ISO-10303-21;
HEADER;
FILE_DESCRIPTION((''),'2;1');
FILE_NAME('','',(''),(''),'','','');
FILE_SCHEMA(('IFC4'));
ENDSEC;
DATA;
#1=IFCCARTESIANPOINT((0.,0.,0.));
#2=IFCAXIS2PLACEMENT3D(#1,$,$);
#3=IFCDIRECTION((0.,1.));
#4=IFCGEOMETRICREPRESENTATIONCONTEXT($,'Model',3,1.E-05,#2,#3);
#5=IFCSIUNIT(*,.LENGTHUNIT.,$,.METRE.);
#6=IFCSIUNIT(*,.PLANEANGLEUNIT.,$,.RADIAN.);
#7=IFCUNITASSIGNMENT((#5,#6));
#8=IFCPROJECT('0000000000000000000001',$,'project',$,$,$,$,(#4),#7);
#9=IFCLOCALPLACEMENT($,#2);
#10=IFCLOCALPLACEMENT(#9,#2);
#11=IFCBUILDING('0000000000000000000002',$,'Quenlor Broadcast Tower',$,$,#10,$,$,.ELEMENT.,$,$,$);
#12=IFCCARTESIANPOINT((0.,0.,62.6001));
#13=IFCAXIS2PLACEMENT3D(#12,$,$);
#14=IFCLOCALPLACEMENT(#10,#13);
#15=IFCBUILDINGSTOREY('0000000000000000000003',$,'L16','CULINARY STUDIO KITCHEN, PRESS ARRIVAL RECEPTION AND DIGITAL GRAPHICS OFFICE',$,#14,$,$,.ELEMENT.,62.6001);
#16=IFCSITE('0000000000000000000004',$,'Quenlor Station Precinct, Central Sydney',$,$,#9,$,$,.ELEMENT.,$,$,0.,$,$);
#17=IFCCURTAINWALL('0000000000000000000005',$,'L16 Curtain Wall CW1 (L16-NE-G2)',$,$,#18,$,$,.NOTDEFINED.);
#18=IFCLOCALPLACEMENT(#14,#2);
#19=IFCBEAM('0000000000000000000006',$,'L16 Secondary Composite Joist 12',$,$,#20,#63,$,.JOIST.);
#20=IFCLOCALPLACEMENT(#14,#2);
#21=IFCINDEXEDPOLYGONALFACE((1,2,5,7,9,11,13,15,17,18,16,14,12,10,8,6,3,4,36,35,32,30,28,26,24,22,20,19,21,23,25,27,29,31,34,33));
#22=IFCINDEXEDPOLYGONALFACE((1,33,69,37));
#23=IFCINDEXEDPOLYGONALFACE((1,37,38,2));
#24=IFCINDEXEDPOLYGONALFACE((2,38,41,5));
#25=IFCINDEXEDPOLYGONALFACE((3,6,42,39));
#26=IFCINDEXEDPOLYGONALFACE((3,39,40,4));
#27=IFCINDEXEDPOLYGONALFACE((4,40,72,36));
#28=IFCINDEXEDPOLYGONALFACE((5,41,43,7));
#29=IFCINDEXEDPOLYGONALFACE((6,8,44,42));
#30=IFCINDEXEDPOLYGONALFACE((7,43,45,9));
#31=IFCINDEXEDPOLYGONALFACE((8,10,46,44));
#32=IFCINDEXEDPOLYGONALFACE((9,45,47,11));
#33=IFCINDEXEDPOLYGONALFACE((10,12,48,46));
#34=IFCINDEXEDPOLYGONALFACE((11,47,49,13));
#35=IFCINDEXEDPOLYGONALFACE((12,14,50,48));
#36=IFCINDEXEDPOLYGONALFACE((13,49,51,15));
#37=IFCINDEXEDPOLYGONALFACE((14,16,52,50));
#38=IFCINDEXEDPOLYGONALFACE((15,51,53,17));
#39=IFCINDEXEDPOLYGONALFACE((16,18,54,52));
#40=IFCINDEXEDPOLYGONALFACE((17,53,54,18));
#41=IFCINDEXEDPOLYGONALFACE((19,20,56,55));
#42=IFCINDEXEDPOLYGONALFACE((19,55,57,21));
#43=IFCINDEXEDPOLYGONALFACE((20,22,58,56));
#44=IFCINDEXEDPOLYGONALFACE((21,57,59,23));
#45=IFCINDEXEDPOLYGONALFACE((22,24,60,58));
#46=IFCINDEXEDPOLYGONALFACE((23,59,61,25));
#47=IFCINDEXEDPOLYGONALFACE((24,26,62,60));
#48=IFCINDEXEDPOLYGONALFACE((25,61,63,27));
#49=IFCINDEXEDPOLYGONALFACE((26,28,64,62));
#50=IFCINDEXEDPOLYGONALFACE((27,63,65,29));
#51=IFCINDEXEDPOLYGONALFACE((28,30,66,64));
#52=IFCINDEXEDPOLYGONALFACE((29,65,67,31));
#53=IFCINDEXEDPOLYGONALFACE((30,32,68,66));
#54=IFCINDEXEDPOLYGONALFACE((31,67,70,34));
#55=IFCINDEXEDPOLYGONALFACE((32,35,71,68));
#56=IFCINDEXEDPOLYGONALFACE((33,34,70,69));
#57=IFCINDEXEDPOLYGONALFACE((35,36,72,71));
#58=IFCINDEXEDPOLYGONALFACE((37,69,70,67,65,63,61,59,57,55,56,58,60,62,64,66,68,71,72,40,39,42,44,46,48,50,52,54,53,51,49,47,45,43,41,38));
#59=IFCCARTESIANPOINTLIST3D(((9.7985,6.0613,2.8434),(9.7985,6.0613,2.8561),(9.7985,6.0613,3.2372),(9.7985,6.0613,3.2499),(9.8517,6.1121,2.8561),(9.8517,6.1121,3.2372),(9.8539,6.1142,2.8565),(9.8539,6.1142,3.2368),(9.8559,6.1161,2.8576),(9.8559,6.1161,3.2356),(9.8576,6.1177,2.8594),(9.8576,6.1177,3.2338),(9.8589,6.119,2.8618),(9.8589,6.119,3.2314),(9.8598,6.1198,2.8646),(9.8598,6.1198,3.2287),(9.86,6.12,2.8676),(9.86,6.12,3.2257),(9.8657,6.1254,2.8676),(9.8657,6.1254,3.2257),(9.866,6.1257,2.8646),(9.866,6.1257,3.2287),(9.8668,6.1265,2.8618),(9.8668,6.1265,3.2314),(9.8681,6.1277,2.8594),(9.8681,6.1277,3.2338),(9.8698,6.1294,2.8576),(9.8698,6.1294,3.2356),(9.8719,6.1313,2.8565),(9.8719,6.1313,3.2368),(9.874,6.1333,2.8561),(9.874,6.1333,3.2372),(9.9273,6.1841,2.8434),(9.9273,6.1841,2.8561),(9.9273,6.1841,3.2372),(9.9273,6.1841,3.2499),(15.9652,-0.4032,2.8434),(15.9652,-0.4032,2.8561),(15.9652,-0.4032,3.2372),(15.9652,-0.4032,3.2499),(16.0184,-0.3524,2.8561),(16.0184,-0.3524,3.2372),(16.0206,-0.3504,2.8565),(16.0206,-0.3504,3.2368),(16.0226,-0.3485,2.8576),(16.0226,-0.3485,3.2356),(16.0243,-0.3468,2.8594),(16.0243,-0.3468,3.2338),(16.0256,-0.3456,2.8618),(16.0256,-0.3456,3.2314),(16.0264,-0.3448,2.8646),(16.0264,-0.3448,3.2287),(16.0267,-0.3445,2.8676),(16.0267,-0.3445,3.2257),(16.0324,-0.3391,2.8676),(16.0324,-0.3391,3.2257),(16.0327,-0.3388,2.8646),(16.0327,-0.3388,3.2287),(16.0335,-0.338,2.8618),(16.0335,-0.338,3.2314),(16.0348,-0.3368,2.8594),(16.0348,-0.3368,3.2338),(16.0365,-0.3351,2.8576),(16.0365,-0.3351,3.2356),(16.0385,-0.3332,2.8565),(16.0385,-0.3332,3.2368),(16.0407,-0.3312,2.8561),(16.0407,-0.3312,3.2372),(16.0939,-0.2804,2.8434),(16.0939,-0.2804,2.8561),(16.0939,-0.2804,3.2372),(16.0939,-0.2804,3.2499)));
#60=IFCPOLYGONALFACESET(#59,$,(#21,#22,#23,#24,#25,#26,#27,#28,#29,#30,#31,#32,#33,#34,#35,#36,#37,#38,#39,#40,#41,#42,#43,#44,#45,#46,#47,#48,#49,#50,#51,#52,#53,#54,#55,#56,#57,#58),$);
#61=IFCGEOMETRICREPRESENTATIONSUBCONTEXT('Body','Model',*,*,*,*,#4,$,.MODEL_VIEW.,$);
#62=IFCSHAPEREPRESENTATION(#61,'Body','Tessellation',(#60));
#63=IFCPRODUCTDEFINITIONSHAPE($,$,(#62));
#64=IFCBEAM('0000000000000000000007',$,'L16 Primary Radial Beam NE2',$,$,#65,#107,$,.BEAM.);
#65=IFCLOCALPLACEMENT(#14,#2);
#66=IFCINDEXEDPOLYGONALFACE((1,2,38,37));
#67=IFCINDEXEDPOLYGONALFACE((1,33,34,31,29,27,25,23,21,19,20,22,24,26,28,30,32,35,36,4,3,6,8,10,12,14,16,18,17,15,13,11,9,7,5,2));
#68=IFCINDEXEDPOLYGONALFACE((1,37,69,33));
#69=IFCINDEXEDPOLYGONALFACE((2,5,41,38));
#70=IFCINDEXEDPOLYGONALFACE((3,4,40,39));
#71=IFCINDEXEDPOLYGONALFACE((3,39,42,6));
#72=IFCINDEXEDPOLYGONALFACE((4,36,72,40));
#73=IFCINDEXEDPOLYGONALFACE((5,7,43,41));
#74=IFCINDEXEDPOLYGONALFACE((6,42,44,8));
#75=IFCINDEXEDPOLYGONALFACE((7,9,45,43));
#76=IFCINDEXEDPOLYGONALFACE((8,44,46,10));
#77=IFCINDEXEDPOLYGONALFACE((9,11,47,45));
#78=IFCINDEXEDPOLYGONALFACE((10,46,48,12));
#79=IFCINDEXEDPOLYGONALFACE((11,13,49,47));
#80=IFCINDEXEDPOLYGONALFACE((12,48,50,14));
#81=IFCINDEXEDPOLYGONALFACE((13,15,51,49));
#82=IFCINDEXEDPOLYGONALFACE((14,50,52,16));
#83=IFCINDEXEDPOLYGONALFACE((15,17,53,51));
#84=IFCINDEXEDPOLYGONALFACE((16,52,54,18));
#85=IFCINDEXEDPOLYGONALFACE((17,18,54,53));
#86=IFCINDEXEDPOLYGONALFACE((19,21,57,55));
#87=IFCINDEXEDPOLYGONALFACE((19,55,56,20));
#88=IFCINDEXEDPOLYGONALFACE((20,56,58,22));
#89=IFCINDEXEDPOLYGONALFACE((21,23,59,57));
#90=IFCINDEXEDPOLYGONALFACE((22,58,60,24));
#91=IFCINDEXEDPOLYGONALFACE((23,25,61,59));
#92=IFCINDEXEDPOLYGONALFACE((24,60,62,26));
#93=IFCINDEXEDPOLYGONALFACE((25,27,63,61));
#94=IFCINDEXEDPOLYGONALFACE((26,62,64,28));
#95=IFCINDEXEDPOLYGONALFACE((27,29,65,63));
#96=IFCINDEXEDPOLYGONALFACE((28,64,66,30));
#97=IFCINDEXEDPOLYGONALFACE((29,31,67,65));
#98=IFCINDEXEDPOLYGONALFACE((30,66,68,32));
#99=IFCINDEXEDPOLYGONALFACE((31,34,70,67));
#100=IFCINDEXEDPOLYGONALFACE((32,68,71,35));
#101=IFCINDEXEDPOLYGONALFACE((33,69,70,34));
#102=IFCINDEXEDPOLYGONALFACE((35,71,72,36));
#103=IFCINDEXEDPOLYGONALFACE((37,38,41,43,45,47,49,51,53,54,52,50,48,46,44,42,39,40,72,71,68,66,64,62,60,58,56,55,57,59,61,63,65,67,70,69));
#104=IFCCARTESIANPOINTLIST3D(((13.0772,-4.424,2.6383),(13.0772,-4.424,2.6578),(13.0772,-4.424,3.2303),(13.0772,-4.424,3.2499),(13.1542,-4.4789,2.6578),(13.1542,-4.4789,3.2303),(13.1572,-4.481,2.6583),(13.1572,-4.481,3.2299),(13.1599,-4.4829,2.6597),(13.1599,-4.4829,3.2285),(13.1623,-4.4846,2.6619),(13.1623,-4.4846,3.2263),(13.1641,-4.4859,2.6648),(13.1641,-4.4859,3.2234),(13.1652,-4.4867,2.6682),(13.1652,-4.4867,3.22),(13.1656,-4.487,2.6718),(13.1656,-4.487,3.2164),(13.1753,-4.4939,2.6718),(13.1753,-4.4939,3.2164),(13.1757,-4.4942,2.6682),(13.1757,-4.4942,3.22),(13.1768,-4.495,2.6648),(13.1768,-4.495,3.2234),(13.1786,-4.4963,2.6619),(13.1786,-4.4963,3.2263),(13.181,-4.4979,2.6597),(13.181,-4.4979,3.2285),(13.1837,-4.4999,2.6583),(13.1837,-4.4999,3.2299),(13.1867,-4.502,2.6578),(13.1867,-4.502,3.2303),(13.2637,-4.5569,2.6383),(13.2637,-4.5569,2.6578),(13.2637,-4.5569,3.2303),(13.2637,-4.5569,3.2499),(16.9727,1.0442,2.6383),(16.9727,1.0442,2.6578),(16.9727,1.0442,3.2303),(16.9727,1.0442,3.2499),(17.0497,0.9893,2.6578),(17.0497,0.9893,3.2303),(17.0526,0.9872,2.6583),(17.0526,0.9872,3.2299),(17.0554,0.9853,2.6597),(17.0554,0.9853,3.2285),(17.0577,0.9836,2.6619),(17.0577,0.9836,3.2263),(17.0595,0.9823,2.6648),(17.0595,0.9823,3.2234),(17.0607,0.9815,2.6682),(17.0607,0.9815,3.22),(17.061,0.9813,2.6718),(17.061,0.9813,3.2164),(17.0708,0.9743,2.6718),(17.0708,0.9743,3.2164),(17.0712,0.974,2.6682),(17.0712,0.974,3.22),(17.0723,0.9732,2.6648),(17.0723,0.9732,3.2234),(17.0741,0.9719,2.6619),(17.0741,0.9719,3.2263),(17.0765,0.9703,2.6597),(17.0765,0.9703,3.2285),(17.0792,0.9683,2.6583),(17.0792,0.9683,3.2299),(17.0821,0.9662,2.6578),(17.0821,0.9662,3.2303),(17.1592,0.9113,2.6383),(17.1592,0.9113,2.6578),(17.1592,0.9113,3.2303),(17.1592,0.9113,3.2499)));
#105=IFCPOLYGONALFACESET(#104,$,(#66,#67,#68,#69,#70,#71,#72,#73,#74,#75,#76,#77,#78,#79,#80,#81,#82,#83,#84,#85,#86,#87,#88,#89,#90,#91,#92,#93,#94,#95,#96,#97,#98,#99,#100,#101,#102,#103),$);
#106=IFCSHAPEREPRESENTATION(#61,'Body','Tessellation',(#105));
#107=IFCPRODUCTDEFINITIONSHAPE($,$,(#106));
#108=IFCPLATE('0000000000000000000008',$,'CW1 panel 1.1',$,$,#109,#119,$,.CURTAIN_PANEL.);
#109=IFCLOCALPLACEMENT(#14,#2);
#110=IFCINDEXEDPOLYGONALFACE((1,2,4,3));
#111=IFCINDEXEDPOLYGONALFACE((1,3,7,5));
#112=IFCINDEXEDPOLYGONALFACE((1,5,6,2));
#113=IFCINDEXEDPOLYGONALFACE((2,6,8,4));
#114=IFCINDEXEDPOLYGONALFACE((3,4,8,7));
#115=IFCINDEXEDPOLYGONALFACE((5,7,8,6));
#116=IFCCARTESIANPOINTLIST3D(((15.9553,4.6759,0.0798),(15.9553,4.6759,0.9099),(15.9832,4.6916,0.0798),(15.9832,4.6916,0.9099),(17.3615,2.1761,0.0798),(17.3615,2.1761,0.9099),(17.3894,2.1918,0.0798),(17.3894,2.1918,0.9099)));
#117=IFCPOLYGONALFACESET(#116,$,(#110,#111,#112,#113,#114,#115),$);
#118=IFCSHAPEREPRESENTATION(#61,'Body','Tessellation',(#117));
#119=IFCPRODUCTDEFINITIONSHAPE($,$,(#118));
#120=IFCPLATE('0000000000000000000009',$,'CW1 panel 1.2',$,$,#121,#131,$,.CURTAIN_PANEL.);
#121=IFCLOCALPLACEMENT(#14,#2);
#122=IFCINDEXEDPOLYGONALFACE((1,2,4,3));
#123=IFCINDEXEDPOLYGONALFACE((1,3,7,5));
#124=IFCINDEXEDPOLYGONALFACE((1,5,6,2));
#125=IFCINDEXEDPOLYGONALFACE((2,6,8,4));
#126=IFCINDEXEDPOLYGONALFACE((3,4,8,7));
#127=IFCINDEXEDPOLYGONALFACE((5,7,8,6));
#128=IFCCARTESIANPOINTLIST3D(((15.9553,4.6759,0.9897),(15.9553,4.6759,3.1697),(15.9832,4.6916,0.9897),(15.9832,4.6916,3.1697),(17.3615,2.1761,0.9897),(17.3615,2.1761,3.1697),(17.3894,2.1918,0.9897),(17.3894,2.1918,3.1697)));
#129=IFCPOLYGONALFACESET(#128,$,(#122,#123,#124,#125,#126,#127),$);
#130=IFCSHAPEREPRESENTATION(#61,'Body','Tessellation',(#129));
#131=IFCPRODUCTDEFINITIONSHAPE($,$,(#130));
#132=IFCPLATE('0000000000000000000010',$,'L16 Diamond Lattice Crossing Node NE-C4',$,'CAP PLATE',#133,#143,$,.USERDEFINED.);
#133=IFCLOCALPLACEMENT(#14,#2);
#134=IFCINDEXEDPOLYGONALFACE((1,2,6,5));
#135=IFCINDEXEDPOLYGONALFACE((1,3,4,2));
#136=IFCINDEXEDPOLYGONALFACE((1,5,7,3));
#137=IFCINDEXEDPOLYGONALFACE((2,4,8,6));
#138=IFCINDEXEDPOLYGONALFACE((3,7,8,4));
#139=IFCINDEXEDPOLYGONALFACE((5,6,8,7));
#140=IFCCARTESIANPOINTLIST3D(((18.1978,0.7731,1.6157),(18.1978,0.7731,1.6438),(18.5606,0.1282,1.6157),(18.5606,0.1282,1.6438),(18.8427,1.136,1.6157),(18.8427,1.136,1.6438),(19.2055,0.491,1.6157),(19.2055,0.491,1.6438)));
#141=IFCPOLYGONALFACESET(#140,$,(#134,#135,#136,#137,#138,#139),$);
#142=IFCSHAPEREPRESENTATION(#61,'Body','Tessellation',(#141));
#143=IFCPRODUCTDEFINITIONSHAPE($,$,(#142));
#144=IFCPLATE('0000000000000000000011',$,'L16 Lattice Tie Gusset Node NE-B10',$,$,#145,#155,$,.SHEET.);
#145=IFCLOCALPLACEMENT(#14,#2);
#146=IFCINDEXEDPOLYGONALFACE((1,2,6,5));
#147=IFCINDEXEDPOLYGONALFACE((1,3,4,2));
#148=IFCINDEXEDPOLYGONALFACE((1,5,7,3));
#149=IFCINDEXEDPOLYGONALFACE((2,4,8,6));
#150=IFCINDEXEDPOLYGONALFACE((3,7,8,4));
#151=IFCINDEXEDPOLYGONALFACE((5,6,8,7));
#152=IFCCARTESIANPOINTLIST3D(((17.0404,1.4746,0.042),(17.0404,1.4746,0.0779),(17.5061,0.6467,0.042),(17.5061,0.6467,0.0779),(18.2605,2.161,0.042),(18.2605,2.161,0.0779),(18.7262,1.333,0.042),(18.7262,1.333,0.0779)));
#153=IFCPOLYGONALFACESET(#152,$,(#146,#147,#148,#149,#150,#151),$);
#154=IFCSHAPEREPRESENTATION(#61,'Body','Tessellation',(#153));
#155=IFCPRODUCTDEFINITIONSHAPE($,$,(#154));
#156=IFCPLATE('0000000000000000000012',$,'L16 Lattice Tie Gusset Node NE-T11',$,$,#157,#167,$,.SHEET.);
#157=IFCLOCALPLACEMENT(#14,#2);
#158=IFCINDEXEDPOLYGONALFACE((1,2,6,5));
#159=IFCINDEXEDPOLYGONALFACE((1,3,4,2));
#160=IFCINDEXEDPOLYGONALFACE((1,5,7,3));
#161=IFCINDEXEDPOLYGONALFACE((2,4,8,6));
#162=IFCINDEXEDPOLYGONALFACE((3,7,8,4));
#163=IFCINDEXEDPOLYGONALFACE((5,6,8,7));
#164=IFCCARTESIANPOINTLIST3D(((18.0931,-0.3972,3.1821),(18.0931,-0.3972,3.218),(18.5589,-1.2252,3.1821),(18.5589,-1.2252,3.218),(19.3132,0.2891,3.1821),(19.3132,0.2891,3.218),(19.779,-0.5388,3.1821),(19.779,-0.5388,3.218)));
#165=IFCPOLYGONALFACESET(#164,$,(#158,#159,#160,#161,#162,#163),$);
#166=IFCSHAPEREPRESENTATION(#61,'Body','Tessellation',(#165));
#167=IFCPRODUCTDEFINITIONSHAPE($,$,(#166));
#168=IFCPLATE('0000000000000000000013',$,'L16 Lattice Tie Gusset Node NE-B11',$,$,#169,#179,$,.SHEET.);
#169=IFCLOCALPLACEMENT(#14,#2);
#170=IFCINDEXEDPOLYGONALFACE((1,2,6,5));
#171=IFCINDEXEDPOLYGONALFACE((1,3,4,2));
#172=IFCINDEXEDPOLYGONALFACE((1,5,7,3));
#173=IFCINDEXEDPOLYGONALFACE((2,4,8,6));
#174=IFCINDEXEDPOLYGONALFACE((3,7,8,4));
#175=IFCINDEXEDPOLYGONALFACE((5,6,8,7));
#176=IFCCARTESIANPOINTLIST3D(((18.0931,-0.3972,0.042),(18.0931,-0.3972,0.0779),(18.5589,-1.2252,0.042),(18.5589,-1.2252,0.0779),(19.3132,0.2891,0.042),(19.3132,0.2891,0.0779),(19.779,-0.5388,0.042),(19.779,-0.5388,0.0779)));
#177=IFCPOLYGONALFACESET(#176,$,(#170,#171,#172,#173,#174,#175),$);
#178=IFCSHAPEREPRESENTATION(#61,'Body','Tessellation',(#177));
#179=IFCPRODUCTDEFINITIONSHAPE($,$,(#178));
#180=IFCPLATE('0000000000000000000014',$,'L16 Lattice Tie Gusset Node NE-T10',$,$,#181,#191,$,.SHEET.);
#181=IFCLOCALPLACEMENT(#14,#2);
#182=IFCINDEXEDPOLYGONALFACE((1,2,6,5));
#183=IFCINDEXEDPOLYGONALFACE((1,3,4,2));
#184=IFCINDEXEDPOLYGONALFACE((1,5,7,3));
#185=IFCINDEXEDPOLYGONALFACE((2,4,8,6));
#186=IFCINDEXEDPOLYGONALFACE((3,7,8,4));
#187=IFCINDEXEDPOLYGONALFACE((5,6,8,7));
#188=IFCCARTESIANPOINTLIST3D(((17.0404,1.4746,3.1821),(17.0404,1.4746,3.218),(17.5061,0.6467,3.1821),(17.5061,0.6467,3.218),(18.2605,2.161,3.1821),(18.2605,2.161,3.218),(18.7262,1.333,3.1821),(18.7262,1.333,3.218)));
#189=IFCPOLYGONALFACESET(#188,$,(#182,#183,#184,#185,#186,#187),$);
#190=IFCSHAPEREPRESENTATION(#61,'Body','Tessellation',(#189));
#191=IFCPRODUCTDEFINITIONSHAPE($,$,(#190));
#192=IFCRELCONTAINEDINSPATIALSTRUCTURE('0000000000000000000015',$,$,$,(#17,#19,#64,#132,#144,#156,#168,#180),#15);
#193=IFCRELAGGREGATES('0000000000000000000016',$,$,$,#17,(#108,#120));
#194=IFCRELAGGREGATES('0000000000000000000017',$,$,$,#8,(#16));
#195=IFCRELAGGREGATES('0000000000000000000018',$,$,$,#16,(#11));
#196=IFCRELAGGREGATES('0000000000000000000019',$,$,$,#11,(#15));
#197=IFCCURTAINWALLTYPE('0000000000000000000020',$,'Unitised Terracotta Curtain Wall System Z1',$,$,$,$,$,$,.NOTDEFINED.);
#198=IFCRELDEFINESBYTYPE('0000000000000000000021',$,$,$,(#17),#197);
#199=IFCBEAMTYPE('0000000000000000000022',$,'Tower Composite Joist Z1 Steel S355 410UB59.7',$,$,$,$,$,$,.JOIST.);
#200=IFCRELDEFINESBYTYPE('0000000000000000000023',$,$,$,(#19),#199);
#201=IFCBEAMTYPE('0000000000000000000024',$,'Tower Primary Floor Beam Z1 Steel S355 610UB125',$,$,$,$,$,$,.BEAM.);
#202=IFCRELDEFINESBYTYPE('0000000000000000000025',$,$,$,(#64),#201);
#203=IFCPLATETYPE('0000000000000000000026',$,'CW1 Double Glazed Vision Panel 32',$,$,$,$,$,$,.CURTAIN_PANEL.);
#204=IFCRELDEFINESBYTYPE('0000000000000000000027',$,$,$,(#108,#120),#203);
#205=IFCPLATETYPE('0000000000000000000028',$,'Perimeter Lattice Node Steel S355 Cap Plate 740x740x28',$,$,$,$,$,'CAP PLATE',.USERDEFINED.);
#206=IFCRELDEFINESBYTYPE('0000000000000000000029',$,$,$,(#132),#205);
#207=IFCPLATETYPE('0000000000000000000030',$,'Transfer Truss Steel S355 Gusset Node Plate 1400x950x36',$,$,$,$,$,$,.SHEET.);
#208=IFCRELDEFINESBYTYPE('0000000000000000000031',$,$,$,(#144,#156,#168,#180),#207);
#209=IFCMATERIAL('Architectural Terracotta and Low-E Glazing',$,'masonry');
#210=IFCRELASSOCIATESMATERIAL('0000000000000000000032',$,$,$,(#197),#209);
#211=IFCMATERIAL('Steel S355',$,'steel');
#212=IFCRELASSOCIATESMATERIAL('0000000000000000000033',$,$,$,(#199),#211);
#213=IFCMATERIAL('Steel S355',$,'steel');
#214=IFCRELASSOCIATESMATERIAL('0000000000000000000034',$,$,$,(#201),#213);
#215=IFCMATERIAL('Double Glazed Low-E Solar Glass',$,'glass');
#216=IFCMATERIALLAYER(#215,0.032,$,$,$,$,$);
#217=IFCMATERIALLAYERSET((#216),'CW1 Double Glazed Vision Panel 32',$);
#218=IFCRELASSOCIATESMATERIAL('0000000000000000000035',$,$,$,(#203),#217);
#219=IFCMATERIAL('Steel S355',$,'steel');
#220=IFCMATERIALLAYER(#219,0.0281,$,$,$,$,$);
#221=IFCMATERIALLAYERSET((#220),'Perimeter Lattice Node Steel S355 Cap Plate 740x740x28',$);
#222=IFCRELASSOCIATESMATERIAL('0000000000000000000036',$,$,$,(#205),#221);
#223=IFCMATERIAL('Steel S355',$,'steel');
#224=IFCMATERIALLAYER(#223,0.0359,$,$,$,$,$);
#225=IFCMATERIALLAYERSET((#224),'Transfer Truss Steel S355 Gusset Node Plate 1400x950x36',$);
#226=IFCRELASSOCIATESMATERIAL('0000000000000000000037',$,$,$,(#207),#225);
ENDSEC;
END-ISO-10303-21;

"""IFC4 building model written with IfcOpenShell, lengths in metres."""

from ifc_helpers import new_model, si_unit, direction, frame, origin, origin_2d, place, context, subcontext, project, spatial, rectangle, i_section, extrude, material, layer, layer_set, material_profile, profile_set, type_object, element, aggregate, save


model = new_model("IFC4")

# Units and contexts
model_context = context("Model", 3, precision=1e-05, world=origin(), true_north=direction((0.0, 1.0)))
body_context = subcontext(model_context, "Body", "Model", "MODEL_VIEW")
ifc_project = project(units=[si_unit("LENGTHUNIT", "METRE"), si_unit("PLANEANGLEUNIT", "RADIAN")], contexts=[model_context])

# Site, building, storey
site_placement = place(None, origin())
site = spatial("IfcSite", under=ifc_project, at=site_placement, Name="Quenlor Station Precinct, Central Sydney", CompositionType="ELEMENT", RefElevation=0.0)
building_placement = place(site_placement, origin())
building = spatial("IfcBuilding", under=site, at=building_placement, Name="Quenlor Broadcast Tower", CompositionType="ELEMENT")
storey_placement = place(building_placement, frame((0.0, 0.0, 62.6001)))
storey = spatial("IfcBuildingStorey", under=building, at=storey_placement, Name="L16", Description="CULINARY STUDIO KITCHEN, PRESS ARRIVAL RECEPTION AND DIGITAL GRAPHICS OFFICE", CompositionType="ELEMENT", Elevation=62.6001)

# Curtain wall
ifc_material_1 = material(Name="Architectural Terracotta and Low-E Glazing", Category="masonry")
curtain_wall_type = type_object("IfcCurtainWallType", Name="Unitised Terracotta Curtain Wall System Z1", PredefinedType="NOTDEFINED", material=ifc_material_1)
curtain_wall_1_placement = place(storey_placement, origin())
curtain_wall_1 = element("IfcCurtainWall", 1, at=curtain_wall_1_placement, inside=storey, type_object=curtain_wall_type, Name="L16 Curtain Wall CW1 (L16-NE-G2)", PredefinedType="NOTDEFINED")

# Beams
ifc_material_2 = material(Name="Steel S355", Category="steel")
ifc_material_profile_1 = material_profile(ifc_material_2, i_section(OverallWidth=0.178, OverallDepth=0.4065, WebThickness=0.0078, FlangeThickness=0.0127, FilletRadius=0.0115, at=origin_2d()))
ifc_profile_set_1 = profile_set([ifc_material_profile_1], Name="Steel S355 410UB59.7")
beam_type_1 = type_object("IfcBeamType", Name="Tower Composite Joist Z1 Steel S355 410UB59.7", PredefinedType="JOIST", material=ifc_profile_set_1)
beam_1_placement = place(storey_placement, frame((16.0295, -0.3418, 3.0466), z_axis=(-0.690241, 0.723579, 0.0), x_axis=(-0.723579, -0.690241, 0.0)))
element("IfcBeam", 2, at=beam_1_placement, inside=storey, type_object=beam_type_1, Name="L16 Secondary Composite Joist 12", PredefinedType="JOIST", context=body_context, shape_type="SweptSolid", body=[
    extrude(i_section(OverallWidth=0.178, OverallDepth=0.4065, WebThickness=0.0078, FlangeThickness=0.0127, FilletRadius=0.0115, at=origin_2d()), origin(), (0.0, 0.0, 1.0), 8.9341),
])
ifc_material_3 = material(Name="Steel S355", Category="steel")
ifc_material_profile_2 = material_profile(ifc_material_3, i_section(OverallWidth=0.229, OverallDepth=0.6116, WebThickness=0.012, FlangeThickness=0.0195, FilletRadius=0.0139, at=origin_2d()))
ifc_profile_set_2 = profile_set([ifc_material_profile_2], Name="Steel S355 610UB125")
beam_type_2 = type_object("IfcBeamType", Name="Tower Primary Floor Beam Z1 Steel S355 610UB125", PredefinedType="BEAM", material=ifc_profile_set_2)
beam_2_placement = place(storey_placement, frame((17.0659, 0.9778, 2.9441), z_axis=(-0.580213, -0.814465, 0.0), x_axis=(0.814465, -0.580213, 0.0)))
element("IfcBeam", 3, at=beam_2_placement, inside=storey, type_object=beam_type_2, Name="L16 Primary Radial Beam NE2", PredefinedType="BEAM", context=body_context, shape_type="SweptSolid", body=[
    extrude(i_section(OverallWidth=0.229, OverallDepth=0.6116, WebThickness=0.012, FlangeThickness=0.0195, FilletRadius=0.0139, at=origin_2d()), origin(), (0.0, 0.0, 1.0), 6.7139),
])

# Plates
ifc_material_4 = material(Name="Double Glazed Low-E Solar Glass", Category="glass")
ifc_layer_1 = layer(ifc_material_4, 0.032)
ifc_layer_set_1 = layer_set([ifc_layer_1], Name="CW1 Double Glazed Vision Panel 32")
plate_type_1 = type_object("IfcPlateType", Name="CW1 Double Glazed Vision Panel 32", PredefinedType="CURTAIN_PANEL", material=ifc_layer_set_1)
plate_1_placement = place(storey_placement, frame((16.6724, 3.4338, 0.0798), z_axis=(0.0, 0.0, 1.0), x_axis=(0.490274, -0.871568, 0.0)))
plate_1 = element("IfcPlate", 4, at=plate_1_placement, type_object=plate_type_1, Name="CW1 panel 1.1", PredefinedType="CURTAIN_PANEL", context=body_context, shape_type="SweptSolid", body=[
    extrude(rectangle(XDim=2.8682, YDim=0.032, at=origin_2d()), origin(), (0.0, 0.0, 1.0), 0.8301),
])
plate_2_placement = place(storey_placement, frame((16.6724, 3.4338, 0.9897), z_axis=(0.0, 0.0, 1.0), x_axis=(0.490274, -0.871568, 0.0)))
plate_2 = element("IfcPlate", 5, at=plate_2_placement, type_object=plate_type_1, Name="CW1 panel 1.2", PredefinedType="CURTAIN_PANEL", context=body_context, shape_type="SweptSolid", body=[
    extrude(rectangle(XDim=2.8682, YDim=0.032, at=origin_2d()), origin(), (0.0, 0.0, 1.0), 2.1799),
])
aggregate(curtain_wall_1, [plate_1, plate_2])

# Plates
ifc_material_5 = material(Name="Steel S355", Category="steel")
ifc_layer_2 = layer(ifc_material_5, 0.0281)
ifc_layer_set_2 = layer_set([ifc_layer_2], Name="Perimeter Lattice Node Steel S355 Cap Plate 740x740x28")
plate_type_2 = type_object("IfcPlateType", Name="Perimeter Lattice Node Steel S355 Cap Plate 740x740x28", ElementType="CAP PLATE", PredefinedType="USERDEFINED", material=ifc_layer_set_2)
plate_3_placement = place(storey_placement, frame((18.7017, 0.6321, 1.6157), z_axis=(0.0, 0.0, 1.0), x_axis=(0.490295, -0.871556, 0.0)))
element("IfcPlate", 6, at=plate_3_placement, inside=storey, type_object=plate_type_2, Name="L16 Diamond Lattice Crossing Node NE-C4", ObjectType="CAP PLATE", PredefinedType="USERDEFINED", context=body_context, shape_type="SweptSolid", body=[
    extrude(rectangle(XDim=0.74, YDim=0.74, at=origin_2d()), origin(), (0.0, 0.0, 1.0), 0.0281),
])
ifc_material_6 = material(Name="Steel S355", Category="steel")
ifc_layer_3 = layer(ifc_material_6, 0.0359)
ifc_layer_set_3 = layer_set([ifc_layer_3], Name="Transfer Truss Steel S355 Gusset Node Plate 1400x950x36")
plate_type_3 = type_object("IfcPlateType", Name="Transfer Truss Steel S355 Gusset Node Plate 1400x950x36", PredefinedType="SHEET", material=ifc_layer_set_3)
for number, where, z_axis, x_axis, name in (
    (7, (17.8833, 1.4038, 0.042), (0.0, 0.0, 1.0), (0.871556, 0.490295, 0.0), "L16 Lattice Tie Gusset Node NE-B10"),
    (8, (18.936, -0.468, 3.1821), (0.0, 0.0, 1.0), (0.871556, 0.490295, 0.0), "L16 Lattice Tie Gusset Node NE-T11"),
    (9, (18.936, -0.468, 0.042), (0.0, 0.0, 1.0), (0.871556, 0.490295, 0.0), "L16 Lattice Tie Gusset Node NE-B11"),
    (10, (17.8833, 1.4038, 3.1821), (0.0, 0.0, 1.0), (0.871556, 0.490295, 0.0), "L16 Lattice Tie Gusset Node NE-T10"),
):
    element("IfcPlate", number, at=place(storey_placement, frame(where, z_axis=z_axis, x_axis=x_axis)), inside=storey, type_object=plate_type_3, Name=name, PredefinedType="SHEET", context=body_context, shape_type="SweptSolid", body=[
        extrude(rectangle(XDim=1.3999, YDim=0.95, at=origin_2d()), origin(), (0.0, 0.0, 1.0), 0.0359),
    ])

save(model, "model.ifc")
